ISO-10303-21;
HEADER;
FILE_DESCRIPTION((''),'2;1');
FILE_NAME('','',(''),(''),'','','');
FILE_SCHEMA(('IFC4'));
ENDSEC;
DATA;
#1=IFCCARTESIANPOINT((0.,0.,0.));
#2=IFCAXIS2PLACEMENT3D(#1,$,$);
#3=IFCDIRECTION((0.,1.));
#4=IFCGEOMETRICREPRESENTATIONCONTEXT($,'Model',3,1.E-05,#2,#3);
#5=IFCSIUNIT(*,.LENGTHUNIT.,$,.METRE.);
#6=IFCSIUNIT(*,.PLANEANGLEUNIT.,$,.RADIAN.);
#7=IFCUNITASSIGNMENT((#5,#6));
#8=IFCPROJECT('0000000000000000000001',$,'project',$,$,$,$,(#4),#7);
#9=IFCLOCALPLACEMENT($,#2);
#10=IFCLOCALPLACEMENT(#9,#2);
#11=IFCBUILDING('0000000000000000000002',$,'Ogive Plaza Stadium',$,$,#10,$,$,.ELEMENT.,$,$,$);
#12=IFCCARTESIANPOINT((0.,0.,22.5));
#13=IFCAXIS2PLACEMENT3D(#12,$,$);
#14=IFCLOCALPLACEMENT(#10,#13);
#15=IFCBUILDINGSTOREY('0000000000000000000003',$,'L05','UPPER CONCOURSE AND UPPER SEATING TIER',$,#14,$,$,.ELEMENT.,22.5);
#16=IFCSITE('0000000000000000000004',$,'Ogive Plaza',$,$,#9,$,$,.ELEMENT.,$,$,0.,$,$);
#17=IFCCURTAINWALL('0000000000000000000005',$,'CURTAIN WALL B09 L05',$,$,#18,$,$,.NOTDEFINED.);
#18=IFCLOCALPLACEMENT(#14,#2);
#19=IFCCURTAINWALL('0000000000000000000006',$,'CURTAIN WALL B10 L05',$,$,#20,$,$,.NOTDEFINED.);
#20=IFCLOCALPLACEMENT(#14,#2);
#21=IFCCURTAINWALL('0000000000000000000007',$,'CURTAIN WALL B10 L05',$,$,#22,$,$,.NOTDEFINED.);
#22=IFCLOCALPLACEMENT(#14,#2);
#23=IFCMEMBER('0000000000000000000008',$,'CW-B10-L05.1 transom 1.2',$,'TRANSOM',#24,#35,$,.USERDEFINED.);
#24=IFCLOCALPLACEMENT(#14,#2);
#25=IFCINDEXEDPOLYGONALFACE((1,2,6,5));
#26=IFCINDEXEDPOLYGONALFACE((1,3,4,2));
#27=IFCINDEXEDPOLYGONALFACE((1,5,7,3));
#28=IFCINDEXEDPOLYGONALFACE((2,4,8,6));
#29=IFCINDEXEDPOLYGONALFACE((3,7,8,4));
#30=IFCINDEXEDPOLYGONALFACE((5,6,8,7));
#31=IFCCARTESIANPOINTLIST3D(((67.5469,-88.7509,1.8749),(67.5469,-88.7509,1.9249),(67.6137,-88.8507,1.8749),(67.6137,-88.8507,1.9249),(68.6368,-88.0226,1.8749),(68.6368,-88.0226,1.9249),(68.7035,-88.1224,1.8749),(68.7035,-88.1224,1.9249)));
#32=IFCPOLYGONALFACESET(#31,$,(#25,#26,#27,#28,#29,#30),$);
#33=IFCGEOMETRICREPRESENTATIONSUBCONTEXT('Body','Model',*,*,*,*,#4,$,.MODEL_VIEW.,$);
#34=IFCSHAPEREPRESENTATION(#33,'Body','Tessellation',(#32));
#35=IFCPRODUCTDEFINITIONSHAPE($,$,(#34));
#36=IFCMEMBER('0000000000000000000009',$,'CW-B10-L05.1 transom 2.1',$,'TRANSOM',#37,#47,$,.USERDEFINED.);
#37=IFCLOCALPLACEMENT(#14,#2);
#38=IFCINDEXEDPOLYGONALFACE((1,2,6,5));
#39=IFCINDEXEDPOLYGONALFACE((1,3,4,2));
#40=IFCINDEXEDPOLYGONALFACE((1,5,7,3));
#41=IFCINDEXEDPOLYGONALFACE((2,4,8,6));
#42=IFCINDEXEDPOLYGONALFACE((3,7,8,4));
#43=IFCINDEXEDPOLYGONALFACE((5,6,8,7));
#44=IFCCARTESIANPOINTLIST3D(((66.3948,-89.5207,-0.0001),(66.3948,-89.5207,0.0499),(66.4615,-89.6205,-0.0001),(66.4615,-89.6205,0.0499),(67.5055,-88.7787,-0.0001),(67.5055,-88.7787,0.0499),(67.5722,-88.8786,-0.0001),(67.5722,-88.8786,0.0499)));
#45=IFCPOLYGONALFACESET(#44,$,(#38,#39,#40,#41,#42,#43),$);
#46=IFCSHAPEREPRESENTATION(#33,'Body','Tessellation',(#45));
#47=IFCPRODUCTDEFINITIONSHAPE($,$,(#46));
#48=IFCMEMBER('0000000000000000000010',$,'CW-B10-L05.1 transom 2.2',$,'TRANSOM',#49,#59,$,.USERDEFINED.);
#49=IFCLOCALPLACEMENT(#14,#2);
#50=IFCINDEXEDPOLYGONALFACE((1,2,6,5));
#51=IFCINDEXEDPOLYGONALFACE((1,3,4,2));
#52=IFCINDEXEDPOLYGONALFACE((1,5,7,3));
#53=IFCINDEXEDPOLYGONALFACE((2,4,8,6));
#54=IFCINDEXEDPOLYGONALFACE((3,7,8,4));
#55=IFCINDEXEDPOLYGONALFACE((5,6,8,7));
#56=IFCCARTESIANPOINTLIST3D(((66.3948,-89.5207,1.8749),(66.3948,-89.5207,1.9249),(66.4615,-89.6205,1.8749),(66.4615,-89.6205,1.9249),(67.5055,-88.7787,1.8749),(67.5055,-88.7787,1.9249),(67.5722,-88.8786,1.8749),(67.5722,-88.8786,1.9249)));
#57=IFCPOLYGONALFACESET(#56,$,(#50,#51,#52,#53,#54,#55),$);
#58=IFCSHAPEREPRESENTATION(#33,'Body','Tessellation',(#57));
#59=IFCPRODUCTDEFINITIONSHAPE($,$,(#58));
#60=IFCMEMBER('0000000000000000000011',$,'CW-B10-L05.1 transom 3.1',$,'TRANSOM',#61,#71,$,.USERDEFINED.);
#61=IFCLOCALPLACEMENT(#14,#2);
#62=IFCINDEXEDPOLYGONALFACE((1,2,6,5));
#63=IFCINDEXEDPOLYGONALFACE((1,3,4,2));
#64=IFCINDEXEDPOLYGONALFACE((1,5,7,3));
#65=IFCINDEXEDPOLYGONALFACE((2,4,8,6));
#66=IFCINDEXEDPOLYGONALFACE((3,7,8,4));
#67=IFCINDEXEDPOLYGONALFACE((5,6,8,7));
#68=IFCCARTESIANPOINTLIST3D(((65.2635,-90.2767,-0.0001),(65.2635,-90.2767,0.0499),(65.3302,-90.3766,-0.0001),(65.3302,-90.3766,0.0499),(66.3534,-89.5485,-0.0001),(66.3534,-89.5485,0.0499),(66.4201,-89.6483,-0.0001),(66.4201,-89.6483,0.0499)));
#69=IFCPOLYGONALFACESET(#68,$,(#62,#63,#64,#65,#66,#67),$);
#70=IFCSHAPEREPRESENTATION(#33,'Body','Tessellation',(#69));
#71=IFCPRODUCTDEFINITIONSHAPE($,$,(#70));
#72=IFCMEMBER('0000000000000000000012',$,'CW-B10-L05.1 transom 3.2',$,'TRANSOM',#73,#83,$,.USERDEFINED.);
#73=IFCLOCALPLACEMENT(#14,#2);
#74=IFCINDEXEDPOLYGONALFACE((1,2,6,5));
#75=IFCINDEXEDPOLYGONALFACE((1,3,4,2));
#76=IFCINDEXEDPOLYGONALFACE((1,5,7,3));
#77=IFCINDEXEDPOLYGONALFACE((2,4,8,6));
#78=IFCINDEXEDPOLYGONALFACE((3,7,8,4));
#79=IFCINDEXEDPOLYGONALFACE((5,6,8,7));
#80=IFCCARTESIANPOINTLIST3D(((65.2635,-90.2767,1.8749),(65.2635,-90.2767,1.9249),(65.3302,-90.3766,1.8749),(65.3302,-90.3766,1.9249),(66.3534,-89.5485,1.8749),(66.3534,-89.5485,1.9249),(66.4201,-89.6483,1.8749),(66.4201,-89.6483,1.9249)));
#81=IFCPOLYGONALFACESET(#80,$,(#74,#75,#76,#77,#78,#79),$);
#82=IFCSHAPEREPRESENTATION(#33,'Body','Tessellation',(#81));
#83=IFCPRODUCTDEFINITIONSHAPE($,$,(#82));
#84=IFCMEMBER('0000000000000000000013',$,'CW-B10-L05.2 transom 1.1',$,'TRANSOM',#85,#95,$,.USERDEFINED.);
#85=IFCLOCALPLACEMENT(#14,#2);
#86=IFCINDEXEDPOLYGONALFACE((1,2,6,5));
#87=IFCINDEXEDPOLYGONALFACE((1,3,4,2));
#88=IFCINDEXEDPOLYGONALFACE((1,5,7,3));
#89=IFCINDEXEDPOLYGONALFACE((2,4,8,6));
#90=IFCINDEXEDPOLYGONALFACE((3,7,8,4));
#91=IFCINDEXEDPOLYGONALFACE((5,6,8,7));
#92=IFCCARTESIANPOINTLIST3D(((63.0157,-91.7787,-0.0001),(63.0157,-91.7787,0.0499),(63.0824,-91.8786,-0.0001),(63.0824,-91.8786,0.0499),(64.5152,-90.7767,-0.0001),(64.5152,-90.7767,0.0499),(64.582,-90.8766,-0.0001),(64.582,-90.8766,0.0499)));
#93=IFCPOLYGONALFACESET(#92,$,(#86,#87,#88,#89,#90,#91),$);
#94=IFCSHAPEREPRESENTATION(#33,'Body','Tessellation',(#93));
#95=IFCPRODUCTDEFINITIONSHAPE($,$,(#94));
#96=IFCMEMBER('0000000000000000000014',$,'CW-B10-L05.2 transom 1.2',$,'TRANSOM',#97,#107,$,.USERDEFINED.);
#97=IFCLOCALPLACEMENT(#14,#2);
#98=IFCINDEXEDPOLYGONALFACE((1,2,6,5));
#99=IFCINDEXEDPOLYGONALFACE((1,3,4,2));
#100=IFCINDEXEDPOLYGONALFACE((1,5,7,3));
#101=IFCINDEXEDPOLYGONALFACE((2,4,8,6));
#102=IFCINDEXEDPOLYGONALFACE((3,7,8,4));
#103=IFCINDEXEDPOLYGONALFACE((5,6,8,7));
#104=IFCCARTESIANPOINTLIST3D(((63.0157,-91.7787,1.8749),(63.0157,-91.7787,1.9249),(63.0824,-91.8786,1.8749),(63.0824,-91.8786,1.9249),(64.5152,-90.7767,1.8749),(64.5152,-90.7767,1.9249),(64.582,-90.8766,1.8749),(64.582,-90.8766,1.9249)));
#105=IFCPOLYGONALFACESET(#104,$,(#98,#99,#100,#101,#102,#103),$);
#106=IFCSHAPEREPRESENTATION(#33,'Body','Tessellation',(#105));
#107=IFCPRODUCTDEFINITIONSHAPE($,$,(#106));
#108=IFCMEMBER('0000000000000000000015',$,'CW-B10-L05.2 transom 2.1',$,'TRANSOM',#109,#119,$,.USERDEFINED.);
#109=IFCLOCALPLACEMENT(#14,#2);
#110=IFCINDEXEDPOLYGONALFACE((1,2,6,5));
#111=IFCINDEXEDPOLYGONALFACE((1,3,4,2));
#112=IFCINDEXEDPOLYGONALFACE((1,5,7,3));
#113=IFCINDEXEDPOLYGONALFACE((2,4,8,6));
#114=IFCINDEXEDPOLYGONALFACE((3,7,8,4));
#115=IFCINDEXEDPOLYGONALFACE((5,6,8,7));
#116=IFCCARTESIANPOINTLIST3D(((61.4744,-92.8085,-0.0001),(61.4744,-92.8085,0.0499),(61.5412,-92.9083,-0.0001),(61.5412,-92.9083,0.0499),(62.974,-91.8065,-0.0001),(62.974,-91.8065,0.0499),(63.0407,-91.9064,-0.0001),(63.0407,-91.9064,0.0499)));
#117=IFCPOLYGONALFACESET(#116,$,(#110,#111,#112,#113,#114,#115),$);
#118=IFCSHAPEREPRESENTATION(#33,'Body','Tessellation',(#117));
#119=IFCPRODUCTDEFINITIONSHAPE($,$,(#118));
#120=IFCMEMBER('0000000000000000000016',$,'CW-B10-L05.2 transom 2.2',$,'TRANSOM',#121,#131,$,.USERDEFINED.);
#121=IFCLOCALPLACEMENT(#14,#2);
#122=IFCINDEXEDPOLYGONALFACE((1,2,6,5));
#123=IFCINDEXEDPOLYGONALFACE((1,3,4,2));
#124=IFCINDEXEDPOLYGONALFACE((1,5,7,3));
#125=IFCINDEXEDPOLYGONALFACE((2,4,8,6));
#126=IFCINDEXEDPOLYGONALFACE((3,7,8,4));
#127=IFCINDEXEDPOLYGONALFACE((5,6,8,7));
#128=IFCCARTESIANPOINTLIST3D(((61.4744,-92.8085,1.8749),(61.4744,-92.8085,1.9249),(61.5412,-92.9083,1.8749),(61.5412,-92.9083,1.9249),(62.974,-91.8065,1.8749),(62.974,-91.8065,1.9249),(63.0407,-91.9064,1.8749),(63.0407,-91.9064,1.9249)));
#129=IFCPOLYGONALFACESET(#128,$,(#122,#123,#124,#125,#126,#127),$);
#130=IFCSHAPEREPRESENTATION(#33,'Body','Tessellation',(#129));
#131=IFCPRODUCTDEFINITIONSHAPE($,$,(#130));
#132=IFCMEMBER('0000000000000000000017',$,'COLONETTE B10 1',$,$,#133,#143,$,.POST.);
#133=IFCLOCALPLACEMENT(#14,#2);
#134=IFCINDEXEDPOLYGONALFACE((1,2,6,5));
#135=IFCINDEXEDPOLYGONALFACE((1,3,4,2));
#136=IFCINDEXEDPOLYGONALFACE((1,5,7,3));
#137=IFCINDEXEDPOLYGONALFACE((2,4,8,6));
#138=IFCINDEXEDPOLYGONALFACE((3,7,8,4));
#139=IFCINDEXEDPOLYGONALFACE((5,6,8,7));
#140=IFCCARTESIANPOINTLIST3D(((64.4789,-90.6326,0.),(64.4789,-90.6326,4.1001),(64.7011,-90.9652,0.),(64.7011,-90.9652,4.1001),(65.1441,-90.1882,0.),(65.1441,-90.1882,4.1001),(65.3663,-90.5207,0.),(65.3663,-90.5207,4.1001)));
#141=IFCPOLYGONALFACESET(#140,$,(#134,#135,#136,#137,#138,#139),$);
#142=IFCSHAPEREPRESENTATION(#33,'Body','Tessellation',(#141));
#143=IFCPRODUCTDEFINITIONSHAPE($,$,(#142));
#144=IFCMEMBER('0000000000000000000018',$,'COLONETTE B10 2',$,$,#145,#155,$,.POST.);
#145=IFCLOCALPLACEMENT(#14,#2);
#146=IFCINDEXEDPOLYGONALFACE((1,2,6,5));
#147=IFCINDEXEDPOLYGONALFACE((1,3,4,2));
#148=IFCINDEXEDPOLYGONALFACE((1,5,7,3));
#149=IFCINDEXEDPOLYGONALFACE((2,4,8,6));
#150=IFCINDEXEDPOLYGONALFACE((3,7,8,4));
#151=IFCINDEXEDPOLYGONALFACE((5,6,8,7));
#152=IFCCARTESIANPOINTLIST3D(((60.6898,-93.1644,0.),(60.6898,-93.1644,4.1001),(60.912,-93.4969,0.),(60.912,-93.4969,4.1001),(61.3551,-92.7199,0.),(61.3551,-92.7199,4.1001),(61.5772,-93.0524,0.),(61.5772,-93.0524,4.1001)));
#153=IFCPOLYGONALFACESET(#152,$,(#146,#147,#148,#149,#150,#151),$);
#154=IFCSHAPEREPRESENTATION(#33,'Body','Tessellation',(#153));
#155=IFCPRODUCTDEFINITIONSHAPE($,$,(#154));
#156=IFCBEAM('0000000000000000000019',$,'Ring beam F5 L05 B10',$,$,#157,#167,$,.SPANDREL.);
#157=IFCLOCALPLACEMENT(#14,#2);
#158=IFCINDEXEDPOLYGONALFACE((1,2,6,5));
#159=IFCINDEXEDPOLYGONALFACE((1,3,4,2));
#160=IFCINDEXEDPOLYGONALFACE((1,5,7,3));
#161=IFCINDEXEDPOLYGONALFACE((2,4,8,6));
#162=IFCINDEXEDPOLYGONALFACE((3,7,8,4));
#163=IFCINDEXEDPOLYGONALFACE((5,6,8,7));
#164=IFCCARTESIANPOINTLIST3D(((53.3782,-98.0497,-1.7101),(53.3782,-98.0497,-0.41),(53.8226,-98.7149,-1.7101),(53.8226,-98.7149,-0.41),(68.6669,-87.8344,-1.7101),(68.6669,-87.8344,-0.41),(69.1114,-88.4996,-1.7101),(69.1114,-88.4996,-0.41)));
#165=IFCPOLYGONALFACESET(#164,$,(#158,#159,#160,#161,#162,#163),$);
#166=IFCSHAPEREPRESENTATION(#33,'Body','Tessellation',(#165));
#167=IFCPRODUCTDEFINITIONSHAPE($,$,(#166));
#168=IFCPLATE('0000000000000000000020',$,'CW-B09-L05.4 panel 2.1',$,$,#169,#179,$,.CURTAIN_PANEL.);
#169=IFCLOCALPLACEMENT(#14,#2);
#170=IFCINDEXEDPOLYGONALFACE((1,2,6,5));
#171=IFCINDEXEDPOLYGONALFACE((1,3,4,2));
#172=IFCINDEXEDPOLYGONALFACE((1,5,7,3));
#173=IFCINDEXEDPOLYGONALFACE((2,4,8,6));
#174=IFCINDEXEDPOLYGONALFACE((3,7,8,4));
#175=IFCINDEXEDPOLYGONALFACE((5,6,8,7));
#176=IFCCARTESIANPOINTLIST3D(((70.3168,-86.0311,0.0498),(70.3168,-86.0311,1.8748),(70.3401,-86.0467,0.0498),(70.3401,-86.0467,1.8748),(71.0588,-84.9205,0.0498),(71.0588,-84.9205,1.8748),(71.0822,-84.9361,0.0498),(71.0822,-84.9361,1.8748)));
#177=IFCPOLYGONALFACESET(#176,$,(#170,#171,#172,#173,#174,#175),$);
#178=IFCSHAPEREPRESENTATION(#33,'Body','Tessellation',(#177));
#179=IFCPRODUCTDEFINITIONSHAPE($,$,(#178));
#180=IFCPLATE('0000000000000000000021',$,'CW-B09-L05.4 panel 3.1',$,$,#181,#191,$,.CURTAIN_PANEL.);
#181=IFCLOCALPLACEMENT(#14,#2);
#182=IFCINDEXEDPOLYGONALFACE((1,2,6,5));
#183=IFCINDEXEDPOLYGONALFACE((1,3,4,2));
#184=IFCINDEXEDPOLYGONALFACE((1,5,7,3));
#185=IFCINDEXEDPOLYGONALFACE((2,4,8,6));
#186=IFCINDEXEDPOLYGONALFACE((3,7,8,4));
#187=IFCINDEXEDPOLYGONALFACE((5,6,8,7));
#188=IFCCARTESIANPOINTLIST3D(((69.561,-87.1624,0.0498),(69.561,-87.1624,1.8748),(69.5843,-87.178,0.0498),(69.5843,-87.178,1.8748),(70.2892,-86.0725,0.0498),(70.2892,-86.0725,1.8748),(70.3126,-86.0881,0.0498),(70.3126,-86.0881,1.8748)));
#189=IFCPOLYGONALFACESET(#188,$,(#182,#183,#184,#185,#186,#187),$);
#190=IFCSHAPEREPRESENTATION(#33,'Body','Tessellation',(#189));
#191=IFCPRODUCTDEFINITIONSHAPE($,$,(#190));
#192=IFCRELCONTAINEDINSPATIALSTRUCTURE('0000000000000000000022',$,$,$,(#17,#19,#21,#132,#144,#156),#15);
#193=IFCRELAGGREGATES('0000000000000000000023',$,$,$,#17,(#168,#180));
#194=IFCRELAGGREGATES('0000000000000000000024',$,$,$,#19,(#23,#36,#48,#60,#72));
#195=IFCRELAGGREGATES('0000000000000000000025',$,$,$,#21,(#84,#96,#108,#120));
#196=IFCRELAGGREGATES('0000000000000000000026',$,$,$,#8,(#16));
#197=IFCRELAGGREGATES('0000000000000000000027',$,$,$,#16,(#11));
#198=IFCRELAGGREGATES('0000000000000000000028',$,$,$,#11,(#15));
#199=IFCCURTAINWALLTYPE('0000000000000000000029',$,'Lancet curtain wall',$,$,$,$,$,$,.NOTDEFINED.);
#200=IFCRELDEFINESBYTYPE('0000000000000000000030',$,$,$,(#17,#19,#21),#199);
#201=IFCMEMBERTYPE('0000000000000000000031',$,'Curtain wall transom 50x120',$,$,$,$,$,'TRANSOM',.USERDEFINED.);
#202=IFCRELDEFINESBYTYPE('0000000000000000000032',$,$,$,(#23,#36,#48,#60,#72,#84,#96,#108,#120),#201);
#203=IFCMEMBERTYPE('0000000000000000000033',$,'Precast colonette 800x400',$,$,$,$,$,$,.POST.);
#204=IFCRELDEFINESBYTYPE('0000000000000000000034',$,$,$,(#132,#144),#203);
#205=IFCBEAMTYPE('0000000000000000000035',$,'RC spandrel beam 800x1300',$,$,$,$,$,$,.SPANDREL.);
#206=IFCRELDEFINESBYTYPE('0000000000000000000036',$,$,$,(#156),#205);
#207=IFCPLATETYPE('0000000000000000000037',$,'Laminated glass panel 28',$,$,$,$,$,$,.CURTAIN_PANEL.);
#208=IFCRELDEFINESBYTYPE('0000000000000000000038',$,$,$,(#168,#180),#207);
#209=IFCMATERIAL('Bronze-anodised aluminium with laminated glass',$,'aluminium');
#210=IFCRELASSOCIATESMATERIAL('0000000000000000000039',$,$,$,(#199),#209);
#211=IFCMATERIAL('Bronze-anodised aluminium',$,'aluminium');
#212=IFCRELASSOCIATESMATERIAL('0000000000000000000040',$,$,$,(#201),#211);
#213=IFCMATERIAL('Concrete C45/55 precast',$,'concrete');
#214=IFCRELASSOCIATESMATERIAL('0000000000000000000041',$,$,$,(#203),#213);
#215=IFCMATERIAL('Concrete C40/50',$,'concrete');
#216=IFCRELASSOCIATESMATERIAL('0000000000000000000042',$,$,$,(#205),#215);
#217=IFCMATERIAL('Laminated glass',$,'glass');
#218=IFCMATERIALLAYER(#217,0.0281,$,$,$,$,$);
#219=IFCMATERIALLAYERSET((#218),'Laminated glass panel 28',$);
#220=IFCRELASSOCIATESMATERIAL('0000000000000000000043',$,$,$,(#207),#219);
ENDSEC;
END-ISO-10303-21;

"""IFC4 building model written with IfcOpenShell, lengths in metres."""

from ifc_helpers import new_model, si_unit, direction, frame, origin, origin_2d, place, context, subcontext, project, spatial, rectangle, extrude, material, layer, layer_set, material_profile, profile_set, type_object, element, aggregate, save


model = new_model("IFC4")

# Units and contexts
model_context = context("Model", 3, precision=1e-05, world=origin(), true_north=direction((0.0, 1.0)))
body_context = subcontext(model_context, "Body", "Model", "MODEL_VIEW")
ifc_project = project(units=[si_unit("LENGTHUNIT", "METRE"), si_unit("PLANEANGLEUNIT", "RADIAN")], contexts=[model_context])

# Site, building, storey
site_placement = place(None, origin())
site = spatial("IfcSite", under=ifc_project, at=site_placement, Name="Ogive Plaza", CompositionType="ELEMENT", RefElevation=0.0)
building_placement = place(site_placement, origin())
building = spatial("IfcBuilding", under=site, at=building_placement, Name="Ogive Plaza Stadium", CompositionType="ELEMENT")
storey_placement = place(building_placement, frame((0.0, 0.0, 22.5)))
storey = spatial("IfcBuildingStorey", under=building, at=storey_placement, Name="L05", Description="UPPER CONCOURSE AND UPPER SEATING TIER", CompositionType="ELEMENT", Elevation=22.5)

# Curtain walls
ifc_material_1 = material(Name="Bronze-anodised aluminium with laminated glass", Category="aluminium")
curtain_wall_type = type_object("IfcCurtainWallType", Name="Lancet curtain wall", PredefinedType="NOTDEFINED", material=ifc_material_1)
curtain_wall_1_placement = place(storey_placement, origin())
curtain_wall_1 = element("IfcCurtainWall", 1, at=curtain_wall_1_placement, inside=storey, type_object=curtain_wall_type, Name="CURTAIN WALL B09 L05", PredefinedType="NOTDEFINED")
curtain_wall_2_placement = place(storey_placement, origin())
curtain_wall_2 = element("IfcCurtainWall", 2, at=curtain_wall_2_placement, inside=storey, type_object=curtain_wall_type, Name="CURTAIN WALL B10 L05", PredefinedType="NOTDEFINED")
curtain_wall_3_placement = place(storey_placement, origin())
curtain_wall_3 = element("IfcCurtainWall", 3, at=curtain_wall_3_placement, inside=storey, type_object=curtain_wall_type, Name="CURTAIN WALL B10 L05", PredefinedType="NOTDEFINED")

# Members
ifc_material_2 = material(Name="Bronze-anodised aluminium", Category="aluminium")
ifc_material_profile_1 = material_profile(ifc_material_2, rectangle(XDim=0.1201, YDim=0.05, at=origin_2d()), Name="AL 120x50")
ifc_profile_set_1 = profile_set([ifc_material_profile_1], Name="Bronze-anodised aluminium")
member_type_1 = type_object("IfcMemberType", Name="Curtain wall transom 50x120", ElementType="TRANSOM", PredefinedType="USERDEFINED", material=ifc_profile_set_1)
member_1_placement = place(storey_placement, frame((68.6702, -88.0725, 1.8999), z_axis=(-0.831448, -0.555602, 0.0), x_axis=(0.555602, -0.831448, 0.0)))
member_1 = element("IfcMember", 4, at=member_1_placement, type_object=member_type_1, Name="CW-B10-L05.1 transom 1.2", ObjectType="TRANSOM", PredefinedType="USERDEFINED", context=body_context, shape_type="SweptSolid", body=[
    extrude(rectangle(XDim=0.1201, YDim=0.05, at=origin_2d()), origin(), (0.0, 0.0, 1.0), 1.3108),
])
member_2_placement = place(storey_placement, frame((67.5388, -88.8286, 0.0249), z_axis=(-0.831516, -0.555501, 0.0), x_axis=(0.555501, -0.831516, 0.0)))
member_2 = element("IfcMember", 5, at=member_2_placement, type_object=member_type_1, Name="CW-B10-L05.1 transom 2.1", ObjectType="TRANSOM", PredefinedType="USERDEFINED", context=body_context, shape_type="SweptSolid", body=[
    extrude(rectangle(XDim=0.1201, YDim=0.05, at=origin_2d()), origin(), (0.0, 0.0, 1.0), 1.3357),
])
member_3_placement = place(storey_placement, frame((67.5388, -88.8286, 1.8999), z_axis=(-0.831516, -0.555501, 0.0), x_axis=(0.555501, -0.831516, 0.0)))
member_3 = element("IfcMember", 6, at=member_3_placement, type_object=member_type_1, Name="CW-B10-L05.1 transom 2.2", ObjectType="TRANSOM", PredefinedType="USERDEFINED", context=body_context, shape_type="SweptSolid", body=[
    extrude(rectangle(XDim=0.1201, YDim=0.05, at=origin_2d()), origin(), (0.0, 0.0, 1.0), 1.3357),
])
member_4_placement = place(storey_placement, frame((66.3867, -89.5984, 0.0249), z_axis=(-0.831448, -0.555602, 0.0), x_axis=(0.555602, -0.831448, 0.0)))
member_4 = element("IfcMember", 7, at=member_4_placement, type_object=member_type_1, Name="CW-B10-L05.1 transom 3.1", ObjectType="TRANSOM", PredefinedType="USERDEFINED", context=body_context, shape_type="SweptSolid", body=[
    extrude(rectangle(XDim=0.1201, YDim=0.05, at=origin_2d()), origin(), (0.0, 0.0, 1.0), 1.3108),
])
member_5_placement = place(storey_placement, frame((66.3867, -89.5984, 1.8999), z_axis=(-0.831448, -0.555602, 0.0), x_axis=(0.555602, -0.831448, 0.0)))
member_5 = element("IfcMember", 8, at=member_5_placement, type_object=member_type_1, Name="CW-B10-L05.1 transom 3.2", ObjectType="TRANSOM", PredefinedType="USERDEFINED", context=body_context, shape_type="SweptSolid", body=[
    extrude(rectangle(XDim=0.1201, YDim=0.05, at=origin_2d()), origin(), (0.0, 0.0, 1.0), 1.3108),
])
member_6_placement = place(storey_placement, frame((64.5486, -90.8267, 0.0249), z_axis=(-0.831467, -0.555575, 0.0), x_axis=(0.555575, -0.831467, 0.0)))
member_6 = element("IfcMember", 9, at=member_6_placement, type_object=member_type_1, Name="CW-B10-L05.2 transom 1.1", ObjectType="TRANSOM", PredefinedType="USERDEFINED", context=body_context, shape_type="SweptSolid", body=[
    extrude(rectangle(XDim=0.1201, YDim=0.05, at=origin_2d()), origin(), (0.0, 0.0, 1.0), 1.8035),
])
member_7_placement = place(storey_placement, frame((64.5486, -90.8267, 1.8999), z_axis=(-0.831467, -0.555575, 0.0), x_axis=(0.555575, -0.831467, 0.0)))
member_7 = element("IfcMember", 10, at=member_7_placement, type_object=member_type_1, Name="CW-B10-L05.2 transom 1.2", ObjectType="TRANSOM", PredefinedType="USERDEFINED", context=body_context, shape_type="SweptSolid", body=[
    extrude(rectangle(XDim=0.1201, YDim=0.05, at=origin_2d()), origin(), (0.0, 0.0, 1.0), 1.8035),
])
member_8_placement = place(storey_placement, frame((63.0073, -91.8564, 0.0249), z_axis=(-0.831467, -0.555575, 0.0), x_axis=(0.555575, -0.831467, 0.0)))
member_8 = element("IfcMember", 11, at=member_8_placement, type_object=member_type_1, Name="CW-B10-L05.2 transom 2.1", ObjectType="TRANSOM", PredefinedType="USERDEFINED", context=body_context, shape_type="SweptSolid", body=[
    extrude(rectangle(XDim=0.1201, YDim=0.05, at=origin_2d()), origin(), (0.0, 0.0, 1.0), 1.8035),
])
member_9_placement = place(storey_placement, frame((63.0073, -91.8564, 1.8999), z_axis=(-0.831467, -0.555575, 0.0), x_axis=(0.555575, -0.831467, 0.0)))
member_9 = element("IfcMember", 12, at=member_9_placement, type_object=member_type_1, Name="CW-B10-L05.2 transom 2.2", ObjectType="TRANSOM", PredefinedType="USERDEFINED", context=body_context, shape_type="SweptSolid", body=[
    extrude(rectangle(XDim=0.1201, YDim=0.05, at=origin_2d()), origin(), (0.0, 0.0, 1.0), 1.8035),
])

# Members
ifc_material_3 = material(Name="Concrete C45/55 precast", Category="concrete")
ifc_material_profile_2 = material_profile(ifc_material_3, rectangle(XDim=0.3999, YDim=0.8, at=origin_2d()), Name="RC 400x800")
ifc_profile_set_2 = profile_set([ifc_material_profile_2], Name="Concrete C45/55 precast")
member_type_2 = type_object("IfcMemberType", Name="Precast colonette 800x400", PredefinedType="POST", material=ifc_profile_set_2)
for number, where, z_axis, x_axis, name in (
    (13, (64.9226, -90.5767, 0.0), (0.0, 0.0, 1.0), (0.55557, -0.83147, 0.0), "COLONETTE B10 1"),
    (14, (61.1335, -93.1084, 0.0), (0.0, 0.0, 1.0), (0.55557, -0.83147, 0.0), "COLONETTE B10 2"),
):
    element("IfcMember", number, at=place(storey_placement, frame(where, z_axis=z_axis, x_axis=x_axis)), inside=storey, type_object=member_type_2, Name=name, PredefinedType="POST", context=body_context, shape_type="SweptSolid", body=[
        extrude(rectangle(XDim=0.3999, YDim=0.8, at=origin_2d()), origin(), (0.0, 0.0, 1.0), 4.1001),
    ])

# Beam
ifc_material_4 = material(Name="Concrete C40/50", Category="concrete")
ifc_material_profile_3 = material_profile(ifc_material_4, rectangle(XDim=0.8, YDim=1.3, at=origin_2d()), Name="RC 800x1300")
ifc_profile_set_3 = profile_set([ifc_material_profile_3], Name="Concrete C40/50")
beam_type = type_object("IfcBeamType", Name="RC spandrel beam 800x1300", PredefinedType="SPANDREL", material=ifc_profile_set_3)
beam_placement = place(storey_placement, frame((68.8892, -88.167, -1.0601), z_axis=(-0.831478, -0.555558, 0.0), x_axis=(0.555558, -0.831478, 0.0)))
element("IfcBeam", 15, at=beam_placement, inside=storey, type_object=beam_type, Name="Ring beam F5 L05 B10", PredefinedType="SPANDREL", context=body_context, shape_type="SweptSolid", body=[
    extrude(rectangle(XDim=0.8, YDim=1.3, at=origin_2d()), origin(), (0.0, 0.0, 1.0), 18.3875),
])

# Plates
ifc_material_5 = material(Name="Laminated glass", Category="glass")
ifc_layer_1 = layer(ifc_material_5, 0.0281)
ifc_layer_set_1 = layer_set([ifc_layer_1], Name="Laminated glass panel 28")
plate_type = type_object("IfcPlateType", Name="Laminated glass panel 28", PredefinedType="CURTAIN_PANEL", material=ifc_layer_set_1)
plate_1_placement = place(storey_placement, frame((70.6995, -85.4836, 0.0498), z_axis=(0.0, 0.0, 1.0), x_axis=(-0.55557, -0.83147, 0.0)))
plate_1 = element("IfcPlate", 16, at=plate_1_placement, type_object=plate_type, Name="CW-B09-L05.4 panel 2.1", PredefinedType="CURTAIN_PANEL", context=body_context, shape_type="SweptSolid", body=[
    extrude(rectangle(XDim=1.3357, YDim=0.0281, at=origin_2d()), origin(), (0.0, 0.0, 1.0), 1.825),
])
plate_2_placement = place(storey_placement, frame((69.9368, -86.6252, 0.0498), z_axis=(0.0, 0.0, 1.0), x_axis=(-0.55557, -0.83147, 0.0)))
plate_2 = element("IfcPlate", 17, at=plate_2_placement, type_object=plate_type, Name="CW-B09-L05.4 panel 3.1", PredefinedType="CURTAIN_PANEL", context=body_context, shape_type="SweptSolid", body=[
    extrude(rectangle(XDim=1.3108, YDim=0.0281, at=origin_2d()), origin(), (0.0, 0.0, 1.0), 1.825),
])
aggregate(curtain_wall_1, [plate_1, plate_2])
aggregate(curtain_wall_2, [member_1, member_2, member_3, member_4, member_5])
aggregate(curtain_wall_3, [member_6, member_7, member_8, member_9])

save(model, "model.ifc")
